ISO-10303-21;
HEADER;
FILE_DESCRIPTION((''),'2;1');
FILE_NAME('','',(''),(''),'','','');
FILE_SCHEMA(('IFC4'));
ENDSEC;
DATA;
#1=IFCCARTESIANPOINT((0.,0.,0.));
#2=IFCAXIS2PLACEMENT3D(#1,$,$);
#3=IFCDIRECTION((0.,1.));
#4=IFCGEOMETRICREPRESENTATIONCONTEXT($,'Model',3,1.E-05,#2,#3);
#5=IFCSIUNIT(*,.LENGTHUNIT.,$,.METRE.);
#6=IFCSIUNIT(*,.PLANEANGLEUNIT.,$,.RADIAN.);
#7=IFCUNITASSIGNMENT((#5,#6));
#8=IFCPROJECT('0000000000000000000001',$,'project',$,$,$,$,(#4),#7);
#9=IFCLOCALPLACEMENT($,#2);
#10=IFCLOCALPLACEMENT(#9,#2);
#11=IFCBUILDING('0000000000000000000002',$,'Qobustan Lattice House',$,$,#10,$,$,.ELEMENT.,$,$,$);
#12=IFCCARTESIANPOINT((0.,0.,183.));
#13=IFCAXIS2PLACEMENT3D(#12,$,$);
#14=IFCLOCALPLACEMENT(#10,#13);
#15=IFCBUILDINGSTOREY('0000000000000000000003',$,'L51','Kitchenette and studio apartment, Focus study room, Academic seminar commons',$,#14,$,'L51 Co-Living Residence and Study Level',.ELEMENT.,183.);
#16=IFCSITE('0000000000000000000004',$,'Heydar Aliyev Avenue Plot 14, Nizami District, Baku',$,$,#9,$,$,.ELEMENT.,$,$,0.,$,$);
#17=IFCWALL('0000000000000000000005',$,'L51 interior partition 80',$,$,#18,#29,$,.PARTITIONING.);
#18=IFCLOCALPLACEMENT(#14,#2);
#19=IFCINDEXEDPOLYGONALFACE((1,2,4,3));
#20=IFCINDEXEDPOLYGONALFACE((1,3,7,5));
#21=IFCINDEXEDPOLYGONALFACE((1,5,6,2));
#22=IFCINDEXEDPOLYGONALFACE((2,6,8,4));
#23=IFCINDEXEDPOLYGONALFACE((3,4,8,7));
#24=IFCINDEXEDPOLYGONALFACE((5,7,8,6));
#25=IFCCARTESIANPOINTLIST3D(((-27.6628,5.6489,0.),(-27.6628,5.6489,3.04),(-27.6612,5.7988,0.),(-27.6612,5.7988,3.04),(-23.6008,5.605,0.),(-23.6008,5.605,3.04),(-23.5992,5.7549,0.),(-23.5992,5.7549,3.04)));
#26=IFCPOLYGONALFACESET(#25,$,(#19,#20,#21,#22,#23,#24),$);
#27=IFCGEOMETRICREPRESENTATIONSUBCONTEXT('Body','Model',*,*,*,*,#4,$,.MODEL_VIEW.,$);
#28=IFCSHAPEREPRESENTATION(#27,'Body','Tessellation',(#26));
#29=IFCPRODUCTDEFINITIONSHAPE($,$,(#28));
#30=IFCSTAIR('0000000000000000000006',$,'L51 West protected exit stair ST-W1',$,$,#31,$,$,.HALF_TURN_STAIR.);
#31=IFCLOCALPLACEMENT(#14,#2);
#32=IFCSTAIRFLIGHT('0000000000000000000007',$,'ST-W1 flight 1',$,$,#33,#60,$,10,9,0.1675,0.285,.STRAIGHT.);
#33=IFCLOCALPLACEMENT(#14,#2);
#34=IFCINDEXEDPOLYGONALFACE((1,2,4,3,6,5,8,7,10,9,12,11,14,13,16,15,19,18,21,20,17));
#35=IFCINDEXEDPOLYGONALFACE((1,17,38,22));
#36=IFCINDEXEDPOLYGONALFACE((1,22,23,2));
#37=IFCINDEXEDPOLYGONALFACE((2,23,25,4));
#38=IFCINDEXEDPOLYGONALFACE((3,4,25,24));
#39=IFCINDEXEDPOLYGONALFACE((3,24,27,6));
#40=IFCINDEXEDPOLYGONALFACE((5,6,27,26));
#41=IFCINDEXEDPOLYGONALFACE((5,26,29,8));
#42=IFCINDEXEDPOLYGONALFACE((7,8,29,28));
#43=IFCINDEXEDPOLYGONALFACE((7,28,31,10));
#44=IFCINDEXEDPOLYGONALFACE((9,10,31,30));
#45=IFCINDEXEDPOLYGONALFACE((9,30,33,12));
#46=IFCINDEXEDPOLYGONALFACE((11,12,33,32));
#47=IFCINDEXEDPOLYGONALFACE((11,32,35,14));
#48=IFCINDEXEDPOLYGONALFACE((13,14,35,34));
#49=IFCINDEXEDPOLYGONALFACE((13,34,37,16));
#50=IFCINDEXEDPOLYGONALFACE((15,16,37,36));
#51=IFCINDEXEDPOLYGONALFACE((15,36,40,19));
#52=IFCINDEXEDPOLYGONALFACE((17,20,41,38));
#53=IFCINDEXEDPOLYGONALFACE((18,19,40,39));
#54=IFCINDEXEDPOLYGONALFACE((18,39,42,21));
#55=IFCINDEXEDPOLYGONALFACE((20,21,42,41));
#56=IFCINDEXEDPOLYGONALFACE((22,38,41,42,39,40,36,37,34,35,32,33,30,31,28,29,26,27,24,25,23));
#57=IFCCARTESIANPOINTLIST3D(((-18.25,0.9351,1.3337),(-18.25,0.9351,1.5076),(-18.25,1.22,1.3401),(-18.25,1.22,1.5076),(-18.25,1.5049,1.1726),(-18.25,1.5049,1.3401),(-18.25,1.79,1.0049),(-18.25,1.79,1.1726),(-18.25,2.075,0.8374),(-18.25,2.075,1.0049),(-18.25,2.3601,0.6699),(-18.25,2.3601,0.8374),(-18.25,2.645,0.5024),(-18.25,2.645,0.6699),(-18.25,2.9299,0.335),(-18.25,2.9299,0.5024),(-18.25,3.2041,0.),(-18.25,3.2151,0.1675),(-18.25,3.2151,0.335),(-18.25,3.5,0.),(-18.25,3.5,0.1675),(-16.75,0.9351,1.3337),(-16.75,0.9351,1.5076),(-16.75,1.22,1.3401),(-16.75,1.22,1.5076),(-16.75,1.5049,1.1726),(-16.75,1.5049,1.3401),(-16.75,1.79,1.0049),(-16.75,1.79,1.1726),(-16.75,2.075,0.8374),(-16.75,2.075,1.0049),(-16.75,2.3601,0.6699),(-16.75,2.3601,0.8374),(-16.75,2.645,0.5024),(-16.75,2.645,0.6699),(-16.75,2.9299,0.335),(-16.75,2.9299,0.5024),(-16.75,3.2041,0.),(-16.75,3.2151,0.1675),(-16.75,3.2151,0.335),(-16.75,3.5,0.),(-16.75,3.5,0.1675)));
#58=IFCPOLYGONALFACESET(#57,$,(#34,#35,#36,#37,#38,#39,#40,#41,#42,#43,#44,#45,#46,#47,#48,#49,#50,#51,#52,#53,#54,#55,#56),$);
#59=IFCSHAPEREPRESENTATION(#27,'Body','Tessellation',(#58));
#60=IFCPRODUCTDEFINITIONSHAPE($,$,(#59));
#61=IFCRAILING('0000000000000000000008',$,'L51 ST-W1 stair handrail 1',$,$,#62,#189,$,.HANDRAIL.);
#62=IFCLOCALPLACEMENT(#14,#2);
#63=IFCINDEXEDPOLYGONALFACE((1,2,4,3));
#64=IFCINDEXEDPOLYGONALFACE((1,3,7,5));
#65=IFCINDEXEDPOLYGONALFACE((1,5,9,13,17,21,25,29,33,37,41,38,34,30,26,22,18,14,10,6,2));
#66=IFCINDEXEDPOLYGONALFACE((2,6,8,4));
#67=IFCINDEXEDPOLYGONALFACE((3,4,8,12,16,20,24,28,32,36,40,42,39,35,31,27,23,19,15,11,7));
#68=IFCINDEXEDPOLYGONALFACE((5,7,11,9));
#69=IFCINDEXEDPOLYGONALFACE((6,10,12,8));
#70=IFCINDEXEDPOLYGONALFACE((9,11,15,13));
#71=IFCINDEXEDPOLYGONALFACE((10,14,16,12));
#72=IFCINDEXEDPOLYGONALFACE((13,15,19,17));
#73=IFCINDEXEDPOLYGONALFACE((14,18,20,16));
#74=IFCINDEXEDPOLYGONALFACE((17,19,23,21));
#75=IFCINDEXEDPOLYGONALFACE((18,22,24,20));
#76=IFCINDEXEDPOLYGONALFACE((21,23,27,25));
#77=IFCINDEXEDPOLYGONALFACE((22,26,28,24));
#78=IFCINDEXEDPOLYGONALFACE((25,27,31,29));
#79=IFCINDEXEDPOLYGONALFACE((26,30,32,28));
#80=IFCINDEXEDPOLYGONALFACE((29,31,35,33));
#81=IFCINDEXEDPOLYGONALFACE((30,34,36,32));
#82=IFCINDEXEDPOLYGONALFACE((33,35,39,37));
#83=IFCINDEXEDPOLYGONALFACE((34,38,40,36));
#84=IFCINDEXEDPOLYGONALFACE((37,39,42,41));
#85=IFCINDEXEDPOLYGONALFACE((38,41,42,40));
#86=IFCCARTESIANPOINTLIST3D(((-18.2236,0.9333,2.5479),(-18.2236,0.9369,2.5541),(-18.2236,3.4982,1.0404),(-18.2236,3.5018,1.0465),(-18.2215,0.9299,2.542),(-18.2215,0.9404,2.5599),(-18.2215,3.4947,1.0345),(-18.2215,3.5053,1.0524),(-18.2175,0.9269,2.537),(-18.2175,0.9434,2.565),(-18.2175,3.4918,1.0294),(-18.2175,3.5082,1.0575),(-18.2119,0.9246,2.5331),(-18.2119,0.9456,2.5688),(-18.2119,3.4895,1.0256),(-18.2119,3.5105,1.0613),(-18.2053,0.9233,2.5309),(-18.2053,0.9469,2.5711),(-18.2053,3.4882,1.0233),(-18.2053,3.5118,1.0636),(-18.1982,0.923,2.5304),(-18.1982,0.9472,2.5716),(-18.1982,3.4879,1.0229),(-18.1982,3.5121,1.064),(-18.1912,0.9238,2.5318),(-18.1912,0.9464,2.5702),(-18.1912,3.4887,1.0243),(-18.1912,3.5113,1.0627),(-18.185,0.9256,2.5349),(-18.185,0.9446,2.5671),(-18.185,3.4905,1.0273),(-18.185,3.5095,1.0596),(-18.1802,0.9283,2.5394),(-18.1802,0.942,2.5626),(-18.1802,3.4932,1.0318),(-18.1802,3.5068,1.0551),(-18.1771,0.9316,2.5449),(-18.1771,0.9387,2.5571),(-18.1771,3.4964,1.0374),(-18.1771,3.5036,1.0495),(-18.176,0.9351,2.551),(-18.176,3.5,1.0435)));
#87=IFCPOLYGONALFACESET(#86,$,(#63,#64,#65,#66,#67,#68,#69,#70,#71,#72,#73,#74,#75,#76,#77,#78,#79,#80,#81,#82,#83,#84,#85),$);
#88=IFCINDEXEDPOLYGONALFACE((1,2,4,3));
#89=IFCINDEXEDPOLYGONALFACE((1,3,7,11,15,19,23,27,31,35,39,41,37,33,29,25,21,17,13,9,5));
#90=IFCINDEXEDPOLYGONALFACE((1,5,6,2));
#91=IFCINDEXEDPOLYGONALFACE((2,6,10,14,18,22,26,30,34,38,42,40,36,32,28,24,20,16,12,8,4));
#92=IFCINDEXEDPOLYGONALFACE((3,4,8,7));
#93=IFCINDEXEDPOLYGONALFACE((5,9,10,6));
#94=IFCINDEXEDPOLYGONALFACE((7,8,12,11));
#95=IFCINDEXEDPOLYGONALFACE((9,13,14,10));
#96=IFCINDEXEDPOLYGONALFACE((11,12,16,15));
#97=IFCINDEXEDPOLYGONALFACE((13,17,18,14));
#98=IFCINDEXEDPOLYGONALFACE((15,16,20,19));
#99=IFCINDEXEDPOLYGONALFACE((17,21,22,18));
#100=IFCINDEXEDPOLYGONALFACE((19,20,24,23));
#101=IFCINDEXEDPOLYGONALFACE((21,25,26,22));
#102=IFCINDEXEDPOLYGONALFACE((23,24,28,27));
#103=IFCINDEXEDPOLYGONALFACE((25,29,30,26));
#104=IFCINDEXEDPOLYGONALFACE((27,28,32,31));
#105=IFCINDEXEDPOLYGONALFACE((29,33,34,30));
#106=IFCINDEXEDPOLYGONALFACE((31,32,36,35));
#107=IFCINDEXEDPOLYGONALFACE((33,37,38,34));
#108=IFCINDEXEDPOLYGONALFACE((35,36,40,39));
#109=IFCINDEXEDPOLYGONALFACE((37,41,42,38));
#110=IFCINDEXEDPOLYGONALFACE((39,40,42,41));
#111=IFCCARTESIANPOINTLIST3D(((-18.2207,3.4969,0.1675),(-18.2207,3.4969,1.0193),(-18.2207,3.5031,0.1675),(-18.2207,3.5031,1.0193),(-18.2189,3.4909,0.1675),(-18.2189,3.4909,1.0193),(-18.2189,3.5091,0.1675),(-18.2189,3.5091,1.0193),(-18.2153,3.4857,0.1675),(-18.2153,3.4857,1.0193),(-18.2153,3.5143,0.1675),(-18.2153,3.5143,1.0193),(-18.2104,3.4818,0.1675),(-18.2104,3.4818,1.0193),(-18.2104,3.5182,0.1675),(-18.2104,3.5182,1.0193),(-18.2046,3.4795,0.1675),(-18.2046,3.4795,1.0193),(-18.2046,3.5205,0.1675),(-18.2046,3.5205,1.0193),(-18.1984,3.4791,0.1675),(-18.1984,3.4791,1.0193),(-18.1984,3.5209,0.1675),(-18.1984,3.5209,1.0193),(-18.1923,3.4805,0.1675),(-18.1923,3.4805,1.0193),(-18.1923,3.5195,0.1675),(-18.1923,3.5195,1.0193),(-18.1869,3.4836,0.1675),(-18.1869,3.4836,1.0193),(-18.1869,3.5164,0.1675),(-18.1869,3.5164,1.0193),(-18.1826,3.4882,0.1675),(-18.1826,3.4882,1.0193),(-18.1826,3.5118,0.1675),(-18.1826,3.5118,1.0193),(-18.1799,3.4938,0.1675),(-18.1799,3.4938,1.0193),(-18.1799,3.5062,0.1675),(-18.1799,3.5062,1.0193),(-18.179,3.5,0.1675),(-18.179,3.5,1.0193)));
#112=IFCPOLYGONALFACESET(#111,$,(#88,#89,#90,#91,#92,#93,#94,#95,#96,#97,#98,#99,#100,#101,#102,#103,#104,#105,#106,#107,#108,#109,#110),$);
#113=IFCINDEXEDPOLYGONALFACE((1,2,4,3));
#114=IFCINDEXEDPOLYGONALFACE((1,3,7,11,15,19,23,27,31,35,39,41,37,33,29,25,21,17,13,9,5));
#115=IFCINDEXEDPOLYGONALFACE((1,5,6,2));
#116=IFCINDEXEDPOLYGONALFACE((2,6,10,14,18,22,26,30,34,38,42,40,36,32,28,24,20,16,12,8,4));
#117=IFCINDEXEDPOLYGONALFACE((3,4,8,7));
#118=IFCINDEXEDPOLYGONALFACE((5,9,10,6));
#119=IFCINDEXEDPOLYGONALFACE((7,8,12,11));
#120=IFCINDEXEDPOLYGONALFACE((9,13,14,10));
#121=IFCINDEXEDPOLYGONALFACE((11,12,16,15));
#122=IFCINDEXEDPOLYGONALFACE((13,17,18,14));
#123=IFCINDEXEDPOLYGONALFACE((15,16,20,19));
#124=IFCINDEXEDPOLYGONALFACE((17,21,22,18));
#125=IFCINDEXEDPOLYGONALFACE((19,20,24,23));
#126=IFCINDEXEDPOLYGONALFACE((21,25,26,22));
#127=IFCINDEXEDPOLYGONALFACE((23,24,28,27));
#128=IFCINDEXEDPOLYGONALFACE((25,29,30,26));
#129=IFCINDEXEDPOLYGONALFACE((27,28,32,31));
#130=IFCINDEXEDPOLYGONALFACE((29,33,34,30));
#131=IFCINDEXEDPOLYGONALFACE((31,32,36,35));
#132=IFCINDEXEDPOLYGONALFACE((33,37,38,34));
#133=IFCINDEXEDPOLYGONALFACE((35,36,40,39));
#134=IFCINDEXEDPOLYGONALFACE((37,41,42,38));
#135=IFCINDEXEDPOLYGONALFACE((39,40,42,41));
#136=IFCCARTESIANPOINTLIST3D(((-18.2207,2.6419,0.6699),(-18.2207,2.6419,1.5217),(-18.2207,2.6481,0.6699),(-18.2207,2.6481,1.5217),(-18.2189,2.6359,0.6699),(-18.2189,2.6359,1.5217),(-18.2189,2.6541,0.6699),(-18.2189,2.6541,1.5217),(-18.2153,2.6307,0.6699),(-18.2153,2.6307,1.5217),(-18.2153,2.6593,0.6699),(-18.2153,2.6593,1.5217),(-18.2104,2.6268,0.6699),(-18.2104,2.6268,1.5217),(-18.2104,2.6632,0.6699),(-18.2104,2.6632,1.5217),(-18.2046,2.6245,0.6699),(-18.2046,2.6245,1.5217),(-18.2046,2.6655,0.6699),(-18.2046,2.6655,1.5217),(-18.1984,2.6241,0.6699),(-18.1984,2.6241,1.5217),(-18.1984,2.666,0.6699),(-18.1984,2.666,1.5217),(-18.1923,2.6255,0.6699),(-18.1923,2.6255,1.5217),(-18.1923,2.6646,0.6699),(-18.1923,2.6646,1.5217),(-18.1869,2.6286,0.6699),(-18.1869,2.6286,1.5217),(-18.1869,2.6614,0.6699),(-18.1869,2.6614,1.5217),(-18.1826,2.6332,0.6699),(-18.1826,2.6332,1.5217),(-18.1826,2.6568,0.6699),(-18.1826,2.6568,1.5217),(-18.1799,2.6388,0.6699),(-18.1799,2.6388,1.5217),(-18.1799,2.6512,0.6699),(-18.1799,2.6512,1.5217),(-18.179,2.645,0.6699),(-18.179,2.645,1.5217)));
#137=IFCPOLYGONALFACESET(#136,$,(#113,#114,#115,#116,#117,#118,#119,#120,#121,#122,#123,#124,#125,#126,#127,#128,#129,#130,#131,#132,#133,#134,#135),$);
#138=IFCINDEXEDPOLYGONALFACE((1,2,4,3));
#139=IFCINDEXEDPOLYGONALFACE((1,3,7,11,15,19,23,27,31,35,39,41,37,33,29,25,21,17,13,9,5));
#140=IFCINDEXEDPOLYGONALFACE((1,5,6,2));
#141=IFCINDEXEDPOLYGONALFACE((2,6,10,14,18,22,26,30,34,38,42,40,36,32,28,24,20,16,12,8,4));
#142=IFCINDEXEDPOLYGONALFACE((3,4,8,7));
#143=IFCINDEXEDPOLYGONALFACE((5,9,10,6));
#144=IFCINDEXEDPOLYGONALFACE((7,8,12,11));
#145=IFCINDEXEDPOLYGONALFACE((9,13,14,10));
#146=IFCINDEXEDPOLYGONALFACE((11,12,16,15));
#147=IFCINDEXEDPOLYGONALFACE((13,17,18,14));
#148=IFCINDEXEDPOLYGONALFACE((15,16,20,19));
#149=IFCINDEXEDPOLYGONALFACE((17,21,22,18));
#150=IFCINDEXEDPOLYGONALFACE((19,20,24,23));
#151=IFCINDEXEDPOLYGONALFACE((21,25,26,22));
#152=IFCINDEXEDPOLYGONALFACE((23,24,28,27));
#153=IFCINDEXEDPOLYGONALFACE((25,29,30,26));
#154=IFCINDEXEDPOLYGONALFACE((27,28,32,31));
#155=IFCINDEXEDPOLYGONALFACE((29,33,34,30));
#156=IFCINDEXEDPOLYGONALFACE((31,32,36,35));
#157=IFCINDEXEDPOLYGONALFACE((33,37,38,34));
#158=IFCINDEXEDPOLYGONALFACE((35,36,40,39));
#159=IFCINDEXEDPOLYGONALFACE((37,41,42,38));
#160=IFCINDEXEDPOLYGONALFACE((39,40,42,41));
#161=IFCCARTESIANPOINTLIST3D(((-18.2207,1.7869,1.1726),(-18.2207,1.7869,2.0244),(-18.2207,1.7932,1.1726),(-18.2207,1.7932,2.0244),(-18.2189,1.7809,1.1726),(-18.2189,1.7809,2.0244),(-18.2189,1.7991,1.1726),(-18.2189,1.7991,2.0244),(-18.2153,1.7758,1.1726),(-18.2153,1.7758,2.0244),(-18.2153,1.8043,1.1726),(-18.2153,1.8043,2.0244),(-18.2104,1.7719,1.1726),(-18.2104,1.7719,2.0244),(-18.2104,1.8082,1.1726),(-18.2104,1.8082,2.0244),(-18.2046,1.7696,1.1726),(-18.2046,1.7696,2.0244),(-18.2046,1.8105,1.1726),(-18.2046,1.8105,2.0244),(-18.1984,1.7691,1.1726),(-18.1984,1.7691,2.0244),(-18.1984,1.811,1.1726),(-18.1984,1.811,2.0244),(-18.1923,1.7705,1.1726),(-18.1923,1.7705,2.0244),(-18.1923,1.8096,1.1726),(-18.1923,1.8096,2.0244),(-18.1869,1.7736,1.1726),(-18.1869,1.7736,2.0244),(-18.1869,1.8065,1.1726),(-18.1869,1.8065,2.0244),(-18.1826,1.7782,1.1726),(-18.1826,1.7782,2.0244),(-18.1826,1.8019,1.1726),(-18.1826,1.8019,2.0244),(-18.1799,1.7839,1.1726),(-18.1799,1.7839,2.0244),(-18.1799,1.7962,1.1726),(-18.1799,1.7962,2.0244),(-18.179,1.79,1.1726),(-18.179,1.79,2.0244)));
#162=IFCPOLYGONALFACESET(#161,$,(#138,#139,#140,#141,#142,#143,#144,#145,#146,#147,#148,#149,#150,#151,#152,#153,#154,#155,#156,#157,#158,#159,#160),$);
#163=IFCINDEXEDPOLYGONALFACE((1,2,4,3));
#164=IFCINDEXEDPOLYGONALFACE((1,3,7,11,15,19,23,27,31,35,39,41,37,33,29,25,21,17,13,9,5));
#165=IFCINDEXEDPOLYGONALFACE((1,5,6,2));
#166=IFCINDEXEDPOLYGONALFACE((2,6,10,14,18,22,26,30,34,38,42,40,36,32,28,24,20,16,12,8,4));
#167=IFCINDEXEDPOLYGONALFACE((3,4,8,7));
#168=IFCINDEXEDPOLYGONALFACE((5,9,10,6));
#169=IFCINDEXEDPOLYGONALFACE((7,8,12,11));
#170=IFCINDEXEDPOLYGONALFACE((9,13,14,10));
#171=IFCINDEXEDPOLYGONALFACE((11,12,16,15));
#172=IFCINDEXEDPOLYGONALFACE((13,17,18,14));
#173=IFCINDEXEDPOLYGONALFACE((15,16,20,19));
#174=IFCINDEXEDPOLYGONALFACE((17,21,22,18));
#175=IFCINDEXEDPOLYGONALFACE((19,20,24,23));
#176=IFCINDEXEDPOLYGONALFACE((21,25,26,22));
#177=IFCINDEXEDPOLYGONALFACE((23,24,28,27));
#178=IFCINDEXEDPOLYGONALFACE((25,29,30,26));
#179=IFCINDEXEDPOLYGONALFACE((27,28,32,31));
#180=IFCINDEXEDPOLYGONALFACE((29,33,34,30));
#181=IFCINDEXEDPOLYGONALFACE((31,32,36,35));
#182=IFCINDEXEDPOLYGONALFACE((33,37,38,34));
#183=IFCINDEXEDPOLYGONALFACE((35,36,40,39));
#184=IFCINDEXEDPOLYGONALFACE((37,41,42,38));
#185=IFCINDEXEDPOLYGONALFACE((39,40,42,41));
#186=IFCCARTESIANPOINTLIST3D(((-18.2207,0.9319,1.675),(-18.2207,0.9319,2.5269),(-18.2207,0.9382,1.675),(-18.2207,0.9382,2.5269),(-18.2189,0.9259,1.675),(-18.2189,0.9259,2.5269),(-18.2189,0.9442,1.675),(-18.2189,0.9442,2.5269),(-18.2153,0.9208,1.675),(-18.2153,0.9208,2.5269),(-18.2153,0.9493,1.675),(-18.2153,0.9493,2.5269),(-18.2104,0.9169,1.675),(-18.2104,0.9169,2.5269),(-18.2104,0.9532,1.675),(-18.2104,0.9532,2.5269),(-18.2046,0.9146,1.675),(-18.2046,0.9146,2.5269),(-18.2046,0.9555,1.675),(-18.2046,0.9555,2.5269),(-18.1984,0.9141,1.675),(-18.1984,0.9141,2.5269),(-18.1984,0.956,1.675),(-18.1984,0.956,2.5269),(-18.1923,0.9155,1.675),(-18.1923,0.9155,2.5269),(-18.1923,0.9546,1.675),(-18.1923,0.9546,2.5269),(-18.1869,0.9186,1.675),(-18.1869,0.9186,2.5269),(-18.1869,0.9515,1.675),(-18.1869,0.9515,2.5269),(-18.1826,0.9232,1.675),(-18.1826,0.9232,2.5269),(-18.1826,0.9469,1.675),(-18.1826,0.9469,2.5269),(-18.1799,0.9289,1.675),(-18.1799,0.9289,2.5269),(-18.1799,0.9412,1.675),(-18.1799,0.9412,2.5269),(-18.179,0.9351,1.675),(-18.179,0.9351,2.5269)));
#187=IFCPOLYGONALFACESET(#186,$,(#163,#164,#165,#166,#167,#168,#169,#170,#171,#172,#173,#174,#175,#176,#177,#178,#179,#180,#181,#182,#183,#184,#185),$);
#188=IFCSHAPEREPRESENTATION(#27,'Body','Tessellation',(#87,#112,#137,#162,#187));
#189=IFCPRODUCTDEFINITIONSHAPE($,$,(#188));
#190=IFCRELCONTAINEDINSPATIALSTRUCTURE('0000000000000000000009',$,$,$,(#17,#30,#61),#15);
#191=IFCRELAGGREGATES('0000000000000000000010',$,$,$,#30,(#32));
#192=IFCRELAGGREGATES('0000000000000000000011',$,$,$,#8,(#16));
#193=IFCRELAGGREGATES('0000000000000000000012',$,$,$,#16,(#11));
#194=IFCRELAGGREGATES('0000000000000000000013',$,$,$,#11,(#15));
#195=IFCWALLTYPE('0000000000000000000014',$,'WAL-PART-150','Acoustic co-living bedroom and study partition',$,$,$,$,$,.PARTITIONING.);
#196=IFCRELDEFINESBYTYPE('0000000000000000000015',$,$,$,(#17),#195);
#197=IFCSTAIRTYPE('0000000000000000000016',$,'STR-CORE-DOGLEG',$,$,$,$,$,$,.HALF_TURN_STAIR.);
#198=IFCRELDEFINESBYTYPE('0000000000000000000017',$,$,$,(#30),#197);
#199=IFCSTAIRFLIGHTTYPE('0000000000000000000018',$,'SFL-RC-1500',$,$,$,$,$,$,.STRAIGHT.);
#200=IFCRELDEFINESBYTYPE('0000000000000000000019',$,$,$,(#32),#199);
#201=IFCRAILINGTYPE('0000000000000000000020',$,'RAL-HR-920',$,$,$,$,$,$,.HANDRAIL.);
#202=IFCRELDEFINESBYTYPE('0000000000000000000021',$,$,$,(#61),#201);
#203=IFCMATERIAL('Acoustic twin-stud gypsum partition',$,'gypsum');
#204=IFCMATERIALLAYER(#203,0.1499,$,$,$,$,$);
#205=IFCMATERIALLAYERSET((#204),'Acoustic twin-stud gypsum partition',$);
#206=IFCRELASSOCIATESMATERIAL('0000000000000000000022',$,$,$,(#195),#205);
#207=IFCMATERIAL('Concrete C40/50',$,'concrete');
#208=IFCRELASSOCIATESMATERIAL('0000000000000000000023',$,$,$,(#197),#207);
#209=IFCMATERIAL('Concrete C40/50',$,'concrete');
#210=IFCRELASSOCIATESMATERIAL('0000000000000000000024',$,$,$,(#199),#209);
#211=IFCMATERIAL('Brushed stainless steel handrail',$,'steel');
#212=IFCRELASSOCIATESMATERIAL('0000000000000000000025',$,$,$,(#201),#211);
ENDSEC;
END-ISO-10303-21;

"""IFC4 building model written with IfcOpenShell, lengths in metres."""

from ifc_helpers import new_model, si_unit, direction, frame, frame_2d, origin, origin_2d, place, context, subcontext, project, spatial, polyline, rectangle, circle, outline, extrude, material, layer, layer_set, type_object, element, aggregate, save


model = new_model("IFC4")

# Units and contexts
model_context = context("Model", 3, precision=1e-05, world=origin(), true_north=direction((0.0, 1.0)))
body_context = subcontext(model_context, "Body", "Model", "MODEL_VIEW")
ifc_project = project(units=[si_unit("LENGTHUNIT", "METRE"), si_unit("PLANEANGLEUNIT", "RADIAN")], contexts=[model_context])

# Site, building, storey
site_placement = place(None, origin())
site = spatial("IfcSite", under=ifc_project, at=site_placement, Name="Heydar Aliyev Avenue Plot 14, Nizami District, Baku", CompositionType="ELEMENT", RefElevation=0.0)
building_placement = place(site_placement, origin())
building = spatial("IfcBuilding", under=site, at=building_placement, Name="Qobustan Lattice House", CompositionType="ELEMENT")
storey_placement = place(building_placement, frame((0.0, 0.0, 183.0)))
storey = spatial("IfcBuildingStorey", under=building, at=storey_placement, Name="L51", Description="Kitchenette and studio apartment, Focus study room, Academic seminar commons", LongName="L51 Co-Living Residence and Study Level", CompositionType="ELEMENT", Elevation=183.0)

# Shared definitions
ifc_material_1 = material(Name="Acoustic twin-stud gypsum partition", Category="gypsum")
ifc_layer_1 = layer(ifc_material_1, 0.1499)
ifc_layer_set_1 = layer_set([ifc_layer_1], Name="Acoustic twin-stud gypsum partition")
wall_type_1 = type_object("IfcWallType", Name="WAL-PART-150", Description="Acoustic co-living bedroom and study partition", PredefinedType="PARTITIONING", material=ifc_layer_set_1)

# Wall
wall_1_placement = place(storey_placement, frame((-27.6621, 5.7239, 0.0), z_axis=(0.0, 0.0, 1.0), x_axis=(0.999941, -0.010818, 0.0)))
element("IfcWall", 1, at=wall_1_placement, inside=storey, type_object=wall_type_1, Name="L51 interior partition 80", PredefinedType="PARTITIONING", context=body_context, shape_type="SweptSolid", body=[
    extrude(rectangle(XDim=4.0623, YDim=0.1499, at=frame_2d((2.0312, 0.0))), origin(), (0.0, 0.0, 1.0), 3.04),
])

# Stair, stair flight
ifc_material_2 = material(Name="Concrete C40/50", Category="concrete")
stair_type = type_object("IfcStairType", Name="STR-CORE-DOGLEG", PredefinedType="HALF_TURN_STAIR", material=ifc_material_2)
stair_placement = place(storey_placement, origin())
stair = element("IfcStair", 2, at=stair_placement, inside=storey, type_object=stair_type, Name="L51 West protected exit stair ST-W1", PredefinedType="HALF_TURN_STAIR")
ifc_material_3 = material(Name="Concrete C40/50", Category="concrete")
stair_flight_type = type_object("IfcStairFlightType", Name="SFL-RC-1500", PredefinedType="STRAIGHT", material=ifc_material_3)
stair_flight_placement = place(storey_placement, frame((-17.5, 3.5, 0.0), z_axis=(0.0, 0.0, 1.0), x_axis=(0.0, -1.0, 0.0)))
stair_flight = element("IfcStairFlight", 3, at=stair_flight_placement, type_object=stair_flight_type, Name="ST-W1 flight 1", NumberOfRisers=10, NumberOfTreads=9, PredefinedType="STRAIGHT", RiserHeight=0.1675, TreadLength=0.285, context=body_context, shape_type="SweptSolid", body=[
    extrude(outline(polyline([(0.0, 0.0), (0.0, 0.1675), (0.2849, 0.1675), (0.2849, 0.335), (0.5701, 0.335), (0.5701, 0.5024), (0.855, 0.5024), (0.855, 0.6699), (1.1399, 0.6699), (1.1399, 0.8374), (1.425, 0.8374), (1.425, 1.0049), (1.71, 1.0049), (1.71, 1.1726), (1.9951, 1.1726), (1.9951, 1.3401), (2.28, 1.3401), (2.28, 1.5076), (2.5649, 1.5076), (2.5649, 1.675), (2.5649, 1.3337), (0.2959, 0.0), (0.0, 0.0)])), frame((0.0, 0.75, 0.0), z_axis=(0.0, -1.0, 0.0), x_axis=(1.0, 0.0, 0.0)), (0.0, 0.0, 1.0), 1.5),
])
aggregate(stair, [stair_flight])

# Railing
ifc_material_4 = material(Name="Brushed stainless steel handrail", Category="steel")
railing_type = type_object("IfcRailingType", Name="RAL-HR-920", PredefinedType="HANDRAIL", material=ifc_material_4)
railing_placement = place(storey_placement, frame((-18.2, 3.5, 0.1675)))
element("IfcRailing", 4, at=railing_placement, inside=storey, type_object=railing_type, Name="L51 ST-W1 stair handrail 1", PredefinedType="HANDRAIL", context=body_context, shape_type="SweptSolid", body=[
    extrude(circle(Radius=0.0239, at=origin_2d()), frame((0.0, 0.0, 0.876), z_axis=(0.0, -0.862113, 0.506715), x_axis=(1.0, 0.0, 0.0)), (0.0, 0.0, 1.0), 2.9751),
    extrude(circle(Radius=0.021, at=origin_2d()), origin(), (0.0, 0.0, 1.0), 0.8518),
    extrude(circle(Radius=0.021, at=origin_2d()), frame((0.0, -0.855, 0.5024)), (0.0, 0.0, 1.0), 0.8518),
    extrude(circle(Radius=0.021, at=origin_2d()), frame((0.0, -1.71, 1.0051)), (0.0, 0.0, 1.0), 0.8518),
    extrude(circle(Radius=0.021, at=origin_2d()), frame((0.0, -2.5649, 1.5076)), (0.0, 0.0, 1.0), 0.8518),
])

save(model, "model.ifc")
